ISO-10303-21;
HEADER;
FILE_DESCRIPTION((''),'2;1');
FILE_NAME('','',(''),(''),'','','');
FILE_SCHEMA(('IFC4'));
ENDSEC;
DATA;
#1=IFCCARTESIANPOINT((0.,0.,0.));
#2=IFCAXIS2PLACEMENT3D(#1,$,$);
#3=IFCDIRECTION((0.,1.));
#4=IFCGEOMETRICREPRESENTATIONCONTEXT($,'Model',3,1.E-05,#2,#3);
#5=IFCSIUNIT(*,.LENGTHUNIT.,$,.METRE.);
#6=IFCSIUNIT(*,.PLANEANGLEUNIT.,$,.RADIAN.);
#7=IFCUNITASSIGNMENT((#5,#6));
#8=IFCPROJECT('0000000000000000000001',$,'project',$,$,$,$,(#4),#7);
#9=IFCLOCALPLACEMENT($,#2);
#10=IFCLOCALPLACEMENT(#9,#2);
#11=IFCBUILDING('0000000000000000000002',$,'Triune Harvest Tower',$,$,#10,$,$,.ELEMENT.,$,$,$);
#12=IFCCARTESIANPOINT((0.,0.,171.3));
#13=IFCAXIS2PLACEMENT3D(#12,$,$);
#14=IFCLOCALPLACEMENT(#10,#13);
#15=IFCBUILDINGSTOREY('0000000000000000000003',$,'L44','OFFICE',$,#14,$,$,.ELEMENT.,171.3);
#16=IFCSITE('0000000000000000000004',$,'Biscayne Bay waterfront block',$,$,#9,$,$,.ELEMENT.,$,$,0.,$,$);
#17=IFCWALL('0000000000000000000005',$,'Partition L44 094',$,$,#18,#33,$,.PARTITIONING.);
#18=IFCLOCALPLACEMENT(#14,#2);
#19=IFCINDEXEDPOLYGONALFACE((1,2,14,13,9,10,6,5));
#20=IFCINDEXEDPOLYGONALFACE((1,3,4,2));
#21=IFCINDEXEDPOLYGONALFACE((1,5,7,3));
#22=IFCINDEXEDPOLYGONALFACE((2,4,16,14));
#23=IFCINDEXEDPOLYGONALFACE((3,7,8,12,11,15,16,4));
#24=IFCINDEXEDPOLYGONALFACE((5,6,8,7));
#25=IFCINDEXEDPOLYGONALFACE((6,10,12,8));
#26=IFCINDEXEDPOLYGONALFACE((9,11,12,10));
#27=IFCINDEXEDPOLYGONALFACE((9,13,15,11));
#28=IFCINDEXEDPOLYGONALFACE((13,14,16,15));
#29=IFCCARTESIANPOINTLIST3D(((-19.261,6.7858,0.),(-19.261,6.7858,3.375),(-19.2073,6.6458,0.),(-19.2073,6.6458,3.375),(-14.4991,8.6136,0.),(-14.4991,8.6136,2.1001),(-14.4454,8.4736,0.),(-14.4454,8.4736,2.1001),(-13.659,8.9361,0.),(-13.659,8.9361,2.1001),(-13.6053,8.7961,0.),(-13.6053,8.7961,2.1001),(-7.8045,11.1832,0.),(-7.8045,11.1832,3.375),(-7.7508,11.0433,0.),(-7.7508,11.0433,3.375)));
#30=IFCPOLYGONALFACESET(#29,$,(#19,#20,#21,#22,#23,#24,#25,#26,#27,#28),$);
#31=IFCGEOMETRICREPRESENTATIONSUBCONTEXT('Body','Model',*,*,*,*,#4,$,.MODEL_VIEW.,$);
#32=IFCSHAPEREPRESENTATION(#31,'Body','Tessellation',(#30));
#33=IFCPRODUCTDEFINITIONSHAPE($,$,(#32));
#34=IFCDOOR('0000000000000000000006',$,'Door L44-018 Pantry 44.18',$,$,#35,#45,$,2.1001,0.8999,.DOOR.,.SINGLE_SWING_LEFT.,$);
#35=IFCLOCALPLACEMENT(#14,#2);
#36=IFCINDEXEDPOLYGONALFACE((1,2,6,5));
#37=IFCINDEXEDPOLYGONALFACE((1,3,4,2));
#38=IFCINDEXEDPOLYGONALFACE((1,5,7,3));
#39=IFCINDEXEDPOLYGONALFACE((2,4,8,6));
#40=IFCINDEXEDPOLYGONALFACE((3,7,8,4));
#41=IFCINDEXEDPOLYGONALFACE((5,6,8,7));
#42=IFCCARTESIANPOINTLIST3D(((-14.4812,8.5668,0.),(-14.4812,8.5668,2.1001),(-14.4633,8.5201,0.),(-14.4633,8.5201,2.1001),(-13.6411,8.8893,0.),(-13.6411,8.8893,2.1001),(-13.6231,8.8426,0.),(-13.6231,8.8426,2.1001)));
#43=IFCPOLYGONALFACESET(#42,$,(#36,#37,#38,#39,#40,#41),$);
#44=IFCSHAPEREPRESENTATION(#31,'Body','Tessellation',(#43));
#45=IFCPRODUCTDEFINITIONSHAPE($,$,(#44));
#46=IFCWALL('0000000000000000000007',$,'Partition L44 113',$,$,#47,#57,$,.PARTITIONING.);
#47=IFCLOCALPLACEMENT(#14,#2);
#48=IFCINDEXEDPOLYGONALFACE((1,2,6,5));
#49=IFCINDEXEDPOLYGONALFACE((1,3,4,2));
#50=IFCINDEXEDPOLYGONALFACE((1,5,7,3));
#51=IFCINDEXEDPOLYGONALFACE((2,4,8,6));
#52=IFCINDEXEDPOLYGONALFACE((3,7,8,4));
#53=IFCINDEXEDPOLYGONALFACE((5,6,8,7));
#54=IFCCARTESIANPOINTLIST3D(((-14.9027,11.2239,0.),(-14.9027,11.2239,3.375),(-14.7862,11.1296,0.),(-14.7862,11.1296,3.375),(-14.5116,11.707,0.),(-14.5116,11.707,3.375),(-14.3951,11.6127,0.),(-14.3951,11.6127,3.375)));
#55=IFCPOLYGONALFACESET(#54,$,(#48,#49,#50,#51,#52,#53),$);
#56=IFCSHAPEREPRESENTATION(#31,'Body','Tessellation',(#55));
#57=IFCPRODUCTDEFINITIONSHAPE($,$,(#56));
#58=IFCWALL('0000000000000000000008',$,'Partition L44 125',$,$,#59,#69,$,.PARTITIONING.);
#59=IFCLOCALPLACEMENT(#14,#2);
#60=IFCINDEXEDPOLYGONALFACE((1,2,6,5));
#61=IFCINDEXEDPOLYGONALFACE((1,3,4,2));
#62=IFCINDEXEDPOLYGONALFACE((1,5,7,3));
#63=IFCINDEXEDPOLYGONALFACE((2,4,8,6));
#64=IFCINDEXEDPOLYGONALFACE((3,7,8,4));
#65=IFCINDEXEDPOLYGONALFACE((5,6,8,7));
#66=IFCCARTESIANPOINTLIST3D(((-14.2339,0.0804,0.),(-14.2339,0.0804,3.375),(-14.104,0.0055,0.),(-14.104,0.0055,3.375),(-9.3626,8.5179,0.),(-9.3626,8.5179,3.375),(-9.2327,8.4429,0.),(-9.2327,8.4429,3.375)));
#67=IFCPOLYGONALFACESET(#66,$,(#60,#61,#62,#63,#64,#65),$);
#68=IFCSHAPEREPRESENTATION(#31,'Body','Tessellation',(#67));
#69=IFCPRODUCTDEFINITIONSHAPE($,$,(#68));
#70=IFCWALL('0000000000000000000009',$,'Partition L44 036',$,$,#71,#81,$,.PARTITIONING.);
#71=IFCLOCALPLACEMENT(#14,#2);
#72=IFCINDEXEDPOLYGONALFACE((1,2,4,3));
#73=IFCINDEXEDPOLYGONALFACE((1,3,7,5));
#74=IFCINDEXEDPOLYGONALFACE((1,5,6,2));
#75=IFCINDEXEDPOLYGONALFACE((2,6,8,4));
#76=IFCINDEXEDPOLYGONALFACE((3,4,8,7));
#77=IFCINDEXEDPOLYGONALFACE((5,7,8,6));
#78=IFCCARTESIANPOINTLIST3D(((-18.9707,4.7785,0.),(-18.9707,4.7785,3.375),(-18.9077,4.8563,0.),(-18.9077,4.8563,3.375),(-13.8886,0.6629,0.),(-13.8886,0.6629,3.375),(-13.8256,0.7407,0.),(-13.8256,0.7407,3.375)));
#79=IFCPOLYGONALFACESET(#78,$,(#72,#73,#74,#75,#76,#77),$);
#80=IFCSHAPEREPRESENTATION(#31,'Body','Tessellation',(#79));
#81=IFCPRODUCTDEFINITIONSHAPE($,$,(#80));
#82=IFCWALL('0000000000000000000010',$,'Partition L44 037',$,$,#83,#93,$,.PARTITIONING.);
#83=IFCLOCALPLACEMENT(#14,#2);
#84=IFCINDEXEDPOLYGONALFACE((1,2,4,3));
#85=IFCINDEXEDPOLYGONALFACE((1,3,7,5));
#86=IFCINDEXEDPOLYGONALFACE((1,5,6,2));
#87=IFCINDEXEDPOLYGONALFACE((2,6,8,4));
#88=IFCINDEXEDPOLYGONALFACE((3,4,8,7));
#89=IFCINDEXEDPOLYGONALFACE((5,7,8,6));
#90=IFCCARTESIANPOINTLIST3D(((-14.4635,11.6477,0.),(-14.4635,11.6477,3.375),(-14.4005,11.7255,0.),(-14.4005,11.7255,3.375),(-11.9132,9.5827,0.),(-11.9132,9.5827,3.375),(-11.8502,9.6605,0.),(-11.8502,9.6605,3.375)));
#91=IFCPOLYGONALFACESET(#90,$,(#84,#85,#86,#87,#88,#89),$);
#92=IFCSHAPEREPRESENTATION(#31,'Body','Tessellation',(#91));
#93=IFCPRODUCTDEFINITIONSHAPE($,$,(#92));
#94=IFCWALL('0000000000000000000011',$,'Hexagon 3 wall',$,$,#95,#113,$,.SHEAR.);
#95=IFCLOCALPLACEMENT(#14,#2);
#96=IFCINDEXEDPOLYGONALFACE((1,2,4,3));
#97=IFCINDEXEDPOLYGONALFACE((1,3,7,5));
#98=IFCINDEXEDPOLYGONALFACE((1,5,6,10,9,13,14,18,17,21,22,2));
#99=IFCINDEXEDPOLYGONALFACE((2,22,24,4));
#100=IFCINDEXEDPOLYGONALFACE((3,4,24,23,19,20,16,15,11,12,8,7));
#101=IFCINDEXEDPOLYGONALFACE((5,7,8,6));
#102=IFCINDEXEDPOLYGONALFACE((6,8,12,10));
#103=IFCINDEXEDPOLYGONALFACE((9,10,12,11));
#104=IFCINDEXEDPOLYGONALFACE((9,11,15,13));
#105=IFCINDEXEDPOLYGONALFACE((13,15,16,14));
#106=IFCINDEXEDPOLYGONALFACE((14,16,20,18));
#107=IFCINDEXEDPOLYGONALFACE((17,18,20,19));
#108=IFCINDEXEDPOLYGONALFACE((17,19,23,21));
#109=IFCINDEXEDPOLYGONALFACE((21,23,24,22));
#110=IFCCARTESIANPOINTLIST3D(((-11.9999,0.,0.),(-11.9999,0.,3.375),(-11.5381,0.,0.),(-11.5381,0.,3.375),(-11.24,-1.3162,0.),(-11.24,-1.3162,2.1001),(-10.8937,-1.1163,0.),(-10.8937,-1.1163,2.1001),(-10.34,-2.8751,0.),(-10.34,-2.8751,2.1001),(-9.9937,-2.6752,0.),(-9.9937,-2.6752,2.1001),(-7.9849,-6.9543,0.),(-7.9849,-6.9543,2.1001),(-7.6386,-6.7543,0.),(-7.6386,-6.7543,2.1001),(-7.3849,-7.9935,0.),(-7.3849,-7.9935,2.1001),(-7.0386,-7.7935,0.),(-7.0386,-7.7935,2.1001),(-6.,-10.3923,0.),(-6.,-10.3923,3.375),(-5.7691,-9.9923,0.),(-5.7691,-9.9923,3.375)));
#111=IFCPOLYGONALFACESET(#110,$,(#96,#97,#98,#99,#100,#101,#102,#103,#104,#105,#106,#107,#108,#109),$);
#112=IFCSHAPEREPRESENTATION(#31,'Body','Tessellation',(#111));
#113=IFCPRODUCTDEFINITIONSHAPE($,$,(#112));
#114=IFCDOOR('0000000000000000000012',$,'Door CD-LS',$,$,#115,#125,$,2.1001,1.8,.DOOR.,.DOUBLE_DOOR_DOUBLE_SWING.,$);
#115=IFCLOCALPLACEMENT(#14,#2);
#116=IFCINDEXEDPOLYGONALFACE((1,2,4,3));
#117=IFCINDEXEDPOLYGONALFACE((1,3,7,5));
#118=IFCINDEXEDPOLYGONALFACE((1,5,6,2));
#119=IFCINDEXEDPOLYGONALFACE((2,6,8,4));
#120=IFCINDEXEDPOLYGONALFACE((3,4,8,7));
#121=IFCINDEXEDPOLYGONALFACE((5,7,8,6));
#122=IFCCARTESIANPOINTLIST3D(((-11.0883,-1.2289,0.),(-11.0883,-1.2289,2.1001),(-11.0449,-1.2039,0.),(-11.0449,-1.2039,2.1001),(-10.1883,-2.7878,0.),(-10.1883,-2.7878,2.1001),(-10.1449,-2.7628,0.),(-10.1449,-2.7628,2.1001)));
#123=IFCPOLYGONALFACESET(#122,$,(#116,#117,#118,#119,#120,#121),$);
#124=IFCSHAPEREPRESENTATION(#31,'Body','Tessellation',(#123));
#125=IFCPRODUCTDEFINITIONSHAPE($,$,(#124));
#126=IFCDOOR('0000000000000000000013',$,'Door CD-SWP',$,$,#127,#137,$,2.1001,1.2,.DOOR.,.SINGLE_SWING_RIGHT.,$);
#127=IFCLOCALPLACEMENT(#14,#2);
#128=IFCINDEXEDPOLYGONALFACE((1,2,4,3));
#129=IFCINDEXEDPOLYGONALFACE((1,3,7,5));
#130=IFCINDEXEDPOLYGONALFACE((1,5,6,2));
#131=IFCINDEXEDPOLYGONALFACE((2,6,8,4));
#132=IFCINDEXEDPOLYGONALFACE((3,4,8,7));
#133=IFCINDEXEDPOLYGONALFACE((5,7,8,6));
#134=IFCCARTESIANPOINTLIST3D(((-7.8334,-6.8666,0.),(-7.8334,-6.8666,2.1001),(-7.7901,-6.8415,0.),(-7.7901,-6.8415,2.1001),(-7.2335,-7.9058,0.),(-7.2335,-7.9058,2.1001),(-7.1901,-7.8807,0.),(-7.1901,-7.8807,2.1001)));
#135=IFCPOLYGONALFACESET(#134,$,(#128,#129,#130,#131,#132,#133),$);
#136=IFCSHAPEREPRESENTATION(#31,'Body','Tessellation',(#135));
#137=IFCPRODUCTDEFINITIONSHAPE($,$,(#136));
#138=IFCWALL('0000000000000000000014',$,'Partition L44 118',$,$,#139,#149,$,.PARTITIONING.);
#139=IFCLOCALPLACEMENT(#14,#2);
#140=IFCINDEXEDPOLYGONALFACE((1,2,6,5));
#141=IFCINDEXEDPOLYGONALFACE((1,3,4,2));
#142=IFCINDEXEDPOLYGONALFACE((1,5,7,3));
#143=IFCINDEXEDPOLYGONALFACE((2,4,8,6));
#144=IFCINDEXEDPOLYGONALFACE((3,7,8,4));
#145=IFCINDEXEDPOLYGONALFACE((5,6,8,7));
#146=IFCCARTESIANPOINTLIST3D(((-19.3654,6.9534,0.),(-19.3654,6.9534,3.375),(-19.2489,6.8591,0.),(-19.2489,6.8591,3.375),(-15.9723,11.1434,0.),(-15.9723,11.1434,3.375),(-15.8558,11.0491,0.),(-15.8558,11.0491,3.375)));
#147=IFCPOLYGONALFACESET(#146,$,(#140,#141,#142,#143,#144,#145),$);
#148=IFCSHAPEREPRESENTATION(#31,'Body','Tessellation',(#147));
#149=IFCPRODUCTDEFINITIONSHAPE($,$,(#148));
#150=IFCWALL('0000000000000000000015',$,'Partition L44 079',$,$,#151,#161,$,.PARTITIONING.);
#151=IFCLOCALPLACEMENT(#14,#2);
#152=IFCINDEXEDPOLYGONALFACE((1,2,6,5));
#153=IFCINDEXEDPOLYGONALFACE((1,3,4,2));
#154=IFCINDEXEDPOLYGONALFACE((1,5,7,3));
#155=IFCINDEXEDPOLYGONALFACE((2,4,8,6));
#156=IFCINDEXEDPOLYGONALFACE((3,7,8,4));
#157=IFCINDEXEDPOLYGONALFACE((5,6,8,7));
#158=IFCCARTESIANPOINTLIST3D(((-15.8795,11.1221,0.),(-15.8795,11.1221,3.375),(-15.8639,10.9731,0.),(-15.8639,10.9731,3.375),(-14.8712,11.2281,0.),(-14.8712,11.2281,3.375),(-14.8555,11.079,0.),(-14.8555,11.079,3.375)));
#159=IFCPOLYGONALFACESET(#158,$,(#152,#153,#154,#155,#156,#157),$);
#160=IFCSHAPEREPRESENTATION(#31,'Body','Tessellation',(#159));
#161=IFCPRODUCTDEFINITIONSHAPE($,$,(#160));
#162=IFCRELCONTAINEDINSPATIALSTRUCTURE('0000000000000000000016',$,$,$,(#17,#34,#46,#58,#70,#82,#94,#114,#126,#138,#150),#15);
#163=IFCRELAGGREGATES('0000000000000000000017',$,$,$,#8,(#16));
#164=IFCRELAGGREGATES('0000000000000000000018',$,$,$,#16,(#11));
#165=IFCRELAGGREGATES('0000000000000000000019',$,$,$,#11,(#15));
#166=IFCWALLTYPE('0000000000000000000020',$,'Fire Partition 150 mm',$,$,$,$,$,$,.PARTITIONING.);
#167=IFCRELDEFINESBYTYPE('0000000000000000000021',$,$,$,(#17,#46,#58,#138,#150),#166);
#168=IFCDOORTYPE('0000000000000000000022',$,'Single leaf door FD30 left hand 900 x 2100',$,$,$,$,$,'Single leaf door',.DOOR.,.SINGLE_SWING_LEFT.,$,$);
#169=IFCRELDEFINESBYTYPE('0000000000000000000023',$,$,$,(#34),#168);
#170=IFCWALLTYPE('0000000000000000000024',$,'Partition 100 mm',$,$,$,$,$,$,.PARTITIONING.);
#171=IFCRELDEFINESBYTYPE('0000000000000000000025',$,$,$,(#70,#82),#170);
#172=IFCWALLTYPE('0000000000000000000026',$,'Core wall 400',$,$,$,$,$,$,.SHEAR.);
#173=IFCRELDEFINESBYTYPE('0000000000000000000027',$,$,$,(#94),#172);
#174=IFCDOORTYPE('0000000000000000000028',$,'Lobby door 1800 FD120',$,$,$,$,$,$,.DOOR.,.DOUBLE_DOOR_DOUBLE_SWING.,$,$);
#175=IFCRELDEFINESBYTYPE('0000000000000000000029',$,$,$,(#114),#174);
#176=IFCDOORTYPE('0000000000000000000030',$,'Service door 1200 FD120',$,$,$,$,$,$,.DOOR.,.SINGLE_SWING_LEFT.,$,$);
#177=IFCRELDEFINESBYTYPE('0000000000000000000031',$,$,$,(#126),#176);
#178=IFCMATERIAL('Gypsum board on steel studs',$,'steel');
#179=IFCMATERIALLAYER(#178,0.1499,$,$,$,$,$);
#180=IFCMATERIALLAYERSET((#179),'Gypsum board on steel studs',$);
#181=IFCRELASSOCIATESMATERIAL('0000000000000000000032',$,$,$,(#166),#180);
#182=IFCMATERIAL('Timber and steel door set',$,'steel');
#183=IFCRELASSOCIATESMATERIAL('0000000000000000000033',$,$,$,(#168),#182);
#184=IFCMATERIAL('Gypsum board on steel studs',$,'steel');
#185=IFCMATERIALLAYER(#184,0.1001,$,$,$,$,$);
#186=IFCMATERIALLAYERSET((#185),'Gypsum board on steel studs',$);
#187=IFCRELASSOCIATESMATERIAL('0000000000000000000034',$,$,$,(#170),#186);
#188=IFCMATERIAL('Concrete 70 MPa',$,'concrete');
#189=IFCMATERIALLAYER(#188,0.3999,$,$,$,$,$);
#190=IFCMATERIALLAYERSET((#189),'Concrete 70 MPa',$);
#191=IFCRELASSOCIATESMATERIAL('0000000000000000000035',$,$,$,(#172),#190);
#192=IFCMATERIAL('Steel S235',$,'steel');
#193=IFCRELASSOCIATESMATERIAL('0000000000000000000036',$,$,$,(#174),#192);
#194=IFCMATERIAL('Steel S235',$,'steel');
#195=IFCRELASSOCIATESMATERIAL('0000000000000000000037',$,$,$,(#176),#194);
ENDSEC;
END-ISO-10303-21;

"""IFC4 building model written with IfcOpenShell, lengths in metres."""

from ifc_helpers import new_model, si_unit, direction, frame, frame_2d, origin, place, context, subcontext, project, spatial, polyline, rectangle, outline, extrude, source, transform, mapped, material, layer, layer_set, type_object, element, fill, save


model = new_model("IFC4")

# Units and contexts
model_context = context("Model", 3, precision=1e-05, world=origin(), true_north=direction((0.0, 1.0)))
body_context = subcontext(model_context, "Body", "Model", "MODEL_VIEW")
ifc_project = project(units=[si_unit("LENGTHUNIT", "METRE"), si_unit("PLANEANGLEUNIT", "RADIAN")], contexts=[model_context])

# Site, building, storey
site_placement = place(None, origin())
site = spatial("IfcSite", under=ifc_project, at=site_placement, Name="Biscayne Bay waterfront block", CompositionType="ELEMENT", RefElevation=0.0)
building_placement = place(site_placement, origin())
building = spatial("IfcBuilding", under=site, at=building_placement, Name="Triune Harvest Tower", CompositionType="ELEMENT")
storey_placement = place(building_placement, frame((0.0, 0.0, 171.3)))
storey = spatial("IfcBuildingStorey", under=building, at=storey_placement, Name="L44", Description="OFFICE", CompositionType="ELEMENT", Elevation=171.3)

# Wall, opening, door
ifc_material_1 = material(Name="Gypsum board on steel studs", Category="steel")
ifc_layer_1 = layer(ifc_material_1, 0.1499)
ifc_layer_set_1 = layer_set([ifc_layer_1], Name="Gypsum board on steel studs")
wall_type_1 = type_object("IfcWallType", Name="Fire Partition 150 mm", PredefinedType="PARTITIONING", material=ifc_layer_set_1)
wall_1_placement = place(storey_placement, frame((-19.2341, 6.7158, 0.0), z_axis=(0.0, 0.0, 1.0), x_axis=(0.933588, 0.358347, 0.0)))
wall_1 = element("IfcWall", 1, at=wall_1_placement, inside=storey, type_object=wall_type_1, Name="Partition L44 094", PredefinedType="PARTITIONING", context=body_context, shape_type="SweptSolid", body=[
    extrude(rectangle(XDim=12.2715, YDim=0.1499, at=frame_2d((6.1357, 0.0))), origin(), (0.0, 0.0, 1.0), 3.375),
])
opening_1_placement = place(wall_1_placement, frame((5.1006, 0.0, 0.0)))
opening_1 = element("IfcOpeningElement", 2, at=opening_1_placement, cuts=wall_1, PredefinedType="OPENING", context=body_context, shape_type="SweptSolid", body=[
    extrude(rectangle(XDim=0.8999, YDim=2.1001, at=frame_2d((0.45, 1.05))), frame((0.0, 0.085, 0.0), z_axis=(0.0, -1.0, 0.0), x_axis=(1.0, 0.0, 0.0)), (0.0, 0.0, 1.0), 0.1699),
])
ifc_material_2 = material(Name="Timber and steel door set", Category="steel")
door_type_1 = type_object("IfcDoorType", Name="Single leaf door FD30 left hand 900 x 2100", ElementType="Single leaf door", OperationType="SINGLE_SWING_LEFT", PredefinedType="DOOR", material=ifc_material_2)
door_1_placement = place(opening_1_placement, origin())
door_1 = element("IfcDoor", 3, at=door_1_placement, inside=storey, type_object=door_type_1, Name="Door L44-018 Pantry 44.18", OperationType="SINGLE_SWING_LEFT", OverallHeight=2.1001, OverallWidth=0.8999, PredefinedType="DOOR", context=body_context, shape_type="SweptSolid", body=[
    extrude(rectangle(XDim=0.8999, YDim=2.1001, at=frame_2d((0.45, 1.05))), frame((0.0, 0.0249, 0.0), z_axis=(0.0, -1.0, 0.0), x_axis=(1.0, 0.0, 0.0)), (0.0, 0.0, 1.0), 0.05),
])
fill(opening_1, door_1)

# Walls
wall_2_placement = place(storey_placement, frame((-14.8445, 11.1768, 0.0), z_axis=(0.0, 0.0, 1.0), x_axis=(0.629187, 0.777254, 0.0)))
element("IfcWall", 4, at=wall_2_placement, inside=storey, type_object=wall_type_1, Name="Partition L44 113", PredefinedType="PARTITIONING", context=body_context, shape_type="SweptSolid", body=[
    extrude(rectangle(XDim=0.6216, YDim=0.1499, at=frame_2d((0.3108, 0.0))), origin(), (0.0, 0.0, 1.0), 3.375),
])
wall_3_placement = place(storey_placement, frame((-14.1689, 0.043, 0.0), z_axis=(0.0, 0.0, 1.0), x_axis=(0.499996, 0.866028, 0.0)))
element("IfcWall", 5, at=wall_3_placement, inside=storey, type_object=wall_type_1, Name="Partition L44 125", PredefinedType="PARTITIONING", context=body_context, shape_type="SweptSolid", body=[
    extrude(rectangle(XDim=9.7427, YDim=0.1499, at=frame_2d((4.8713, 0.0))), origin(), (0.0, 0.0, 1.0), 3.375),
])
ifc_material_3 = material(Name="Gypsum board on steel studs", Category="steel")
ifc_layer_2 = layer(ifc_material_3, 0.1001)
ifc_layer_set_2 = layer_set([ifc_layer_2], Name="Gypsum board on steel studs")
wall_type_2 = type_object("IfcWallType", Name="Partition 100 mm", PredefinedType="PARTITIONING", material=ifc_layer_set_2)
wall_4_placement = place(storey_placement, frame((-18.9392, 4.8174, 0.0), z_axis=(0.0, 0.0, 1.0), x_axis=(0.777136, -0.629332, 0.0)))
element("IfcWall", 6, at=wall_4_placement, inside=storey, type_object=wall_type_2, Name="Partition L44 036", PredefinedType="PARTITIONING", context=body_context, shape_type="SweptSolid", body=[
    extrude(rectangle(XDim=6.5396, YDim=0.1001, at=frame_2d((3.2698, 0.0))), origin(), (0.0, 0.0, 1.0), 3.375),
])
wall_5_placement = place(storey_placement, frame((-14.4319, 11.6865, 0.0), z_axis=(0.0, 0.0, 1.0), x_axis=(0.777182, -0.629275, 0.0)))
element("IfcWall", 7, at=wall_5_placement, inside=storey, type_object=wall_type_2, Name="Partition L44 037", PredefinedType="PARTITIONING", context=body_context, shape_type="SweptSolid", body=[
    extrude(rectangle(XDim=3.2815, YDim=0.1001, at=frame_2d((1.6406, 0.0))), origin(), (0.0, 0.0, 1.0), 3.375),
])

# Wall, openings, doors
ifc_material_4 = material(Name="Concrete 70 MPa", Category="concrete")
ifc_layer_3 = layer(ifc_material_4, 0.3999)
ifc_layer_set_3 = layer_set([ifc_layer_3], Name="Concrete 70 MPa")
wall_type_3 = type_object("IfcWallType", Name="Core wall 400", PredefinedType="SHEAR", material=ifc_layer_set_3)
shared_shape_1 = source(origin(), body_context, "Body", "SweptSolid", [
    extrude(outline(polyline([(-0.1155, -0.2), (11.8845, -0.2), (11.6536, 0.2), (0.1155, 0.2), (-0.1155, -0.2)])), origin(), (0.0, 0.0, 1.0), 3.375),
])
wall_6_placement = place(storey_placement, frame((-11.769, 0.0, 0.0), z_axis=(0.0, 0.0, 1.0), x_axis=(0.499997, -0.866027, 0.0)))
wall_6 = element("IfcWall", 8, at=wall_6_placement, inside=storey, type_object=wall_type_3, Name="Hexagon 3 wall", PredefinedType="SHEAR", context=body_context, shape_type="MappedRepresentation", body=[
    mapped(shared_shape_1, transform((0.0, 0.0, 0.0), scale=1.0)),
])
opening_2_placement = place(wall_6_placement, frame((1.4045, 0.0, 0.0)))
opening_2 = element("IfcOpeningElement", 9, at=opening_2_placement, cuts=wall_6, PredefinedType="OPENING", context=body_context, shape_type="SweptSolid", body=[
    extrude(rectangle(XDim=1.8, YDim=2.1001, at=frame_2d((0.8999, 1.05))), frame((0.0, 0.21, 0.0), z_axis=(0.0, -1.0, 0.0), x_axis=(1.0, 0.0, 0.0)), (0.0, 0.0, 1.0), 0.4199),
])
opening_3_placement = place(wall_6_placement, frame((7.9146, 0.0, 0.0)))
opening_3 = element("IfcOpeningElement", 10, at=opening_3_placement, cuts=wall_6, PredefinedType="OPENING", context=body_context, shape_type="SweptSolid", body=[
    extrude(rectangle(XDim=1.2, YDim=2.1001, at=frame_2d((0.6001, 1.05))), frame((0.0, 0.21, 0.0), z_axis=(0.0, -1.0, 0.0), x_axis=(1.0, 0.0, 0.0)), (0.0, 0.0, 1.0), 0.4199),
])
ifc_material_5 = material(Name="Steel S235", Category="steel")
door_type_2 = type_object("IfcDoorType", Name="Lobby door 1800 FD120", OperationType="DOUBLE_DOOR_DOUBLE_SWING", PredefinedType="DOOR", material=ifc_material_5)
door_2_placement = place(opening_2_placement, frame((1.8, 0.0, 0.0), z_axis=(0.0, 0.0, 1.0), x_axis=(-1.0, 0.0, 0.0)))
door_2 = element("IfcDoor", 11, at=door_2_placement, inside=storey, type_object=door_type_2, Name="Door CD-LS", OperationType="DOUBLE_DOOR_DOUBLE_SWING", OverallHeight=2.1001, OverallWidth=1.8, PredefinedType="DOOR", context=body_context, shape_type="SweptSolid", body=[
    extrude(rectangle(XDim=1.8, YDim=2.1001, at=frame_2d((0.8999, 1.05))), frame((0.0, 0.0249, 0.0), z_axis=(0.0, -1.0, 0.0), x_axis=(1.0, 0.0, 0.0)), (0.0, 0.0, 1.0), 0.05),
])
fill(opening_2, door_2)
ifc_material_6 = material(Name="Steel S235", Category="steel")
door_type_3 = type_object("IfcDoorType", Name="Service door 1200 FD120", OperationType="SINGLE_SWING_LEFT", PredefinedType="DOOR", material=ifc_material_6)
door_3_placement = place(opening_3_placement, frame((1.2, 0.0, 0.0), z_axis=(0.0, 0.0, 1.0), x_axis=(-1.0, 0.0, 0.0)))
door_3 = element("IfcDoor", 12, at=door_3_placement, inside=storey, type_object=door_type_3, Name="Door CD-SWP", OperationType="SINGLE_SWING_RIGHT", OverallHeight=2.1001, OverallWidth=1.2, PredefinedType="DOOR", context=body_context, shape_type="SweptSolid", body=[
    extrude(rectangle(XDim=1.2, YDim=2.1001, at=frame_2d((0.6001, 1.05))), frame((0.0, 0.0249, 0.0), z_axis=(0.0, -1.0, 0.0), x_axis=(1.0, 0.0, 0.0)), (0.0, 0.0, 1.0), 0.05),
])
fill(opening_3, door_3)

# Walls
shared_shape_2 = source(origin(), body_context, "Body", "SweptSolid", [
    extrude(rectangle(XDim=5.3916, YDim=0.1499, at=frame_2d((2.6958, 0.0))), origin(), (0.0, 0.0, 1.0), 3.375),
])
wall_7_placement = place(storey_placement, frame((-19.3071, 6.9062, 0.0), z_axis=(0.0, 0.0, 1.0), x_axis=(0.629334, 0.777135, 0.0)))
element("IfcWall", 13, at=wall_7_placement, inside=storey, type_object=wall_type_1, Name="Partition L44 118", PredefinedType="PARTITIONING", context=body_context, shape_type="MappedRepresentation", body=[
    mapped(shared_shape_2, transform((0.0, 0.0, 0.0), scale=1.0)),
])
shared_shape_3 = source(origin(), body_context, "Body", "SweptSolid", [
    extrude(rectangle(XDim=1.0139, YDim=0.1499, at=frame_2d((0.5068, 0.0))), origin(), (0.0, 0.0, 1.0), 3.375),
])
wall_8_placement = place(storey_placement, frame((-15.8716, 11.0476, 0.0), z_axis=(0.0, 0.0, 1.0), x_axis=(0.994524, 0.104509, 0.0)))
element("IfcWall", 14, at=wall_8_placement, inside=storey, type_object=wall_type_1, Name="Partition L44 079", PredefinedType="PARTITIONING", context=body_context, shape_type="MappedRepresentation", body=[
    mapped(shared_shape_3, transform((0.0, 0.0, 0.0), scale=1.0)),
])

save(model, "model.ifc")
